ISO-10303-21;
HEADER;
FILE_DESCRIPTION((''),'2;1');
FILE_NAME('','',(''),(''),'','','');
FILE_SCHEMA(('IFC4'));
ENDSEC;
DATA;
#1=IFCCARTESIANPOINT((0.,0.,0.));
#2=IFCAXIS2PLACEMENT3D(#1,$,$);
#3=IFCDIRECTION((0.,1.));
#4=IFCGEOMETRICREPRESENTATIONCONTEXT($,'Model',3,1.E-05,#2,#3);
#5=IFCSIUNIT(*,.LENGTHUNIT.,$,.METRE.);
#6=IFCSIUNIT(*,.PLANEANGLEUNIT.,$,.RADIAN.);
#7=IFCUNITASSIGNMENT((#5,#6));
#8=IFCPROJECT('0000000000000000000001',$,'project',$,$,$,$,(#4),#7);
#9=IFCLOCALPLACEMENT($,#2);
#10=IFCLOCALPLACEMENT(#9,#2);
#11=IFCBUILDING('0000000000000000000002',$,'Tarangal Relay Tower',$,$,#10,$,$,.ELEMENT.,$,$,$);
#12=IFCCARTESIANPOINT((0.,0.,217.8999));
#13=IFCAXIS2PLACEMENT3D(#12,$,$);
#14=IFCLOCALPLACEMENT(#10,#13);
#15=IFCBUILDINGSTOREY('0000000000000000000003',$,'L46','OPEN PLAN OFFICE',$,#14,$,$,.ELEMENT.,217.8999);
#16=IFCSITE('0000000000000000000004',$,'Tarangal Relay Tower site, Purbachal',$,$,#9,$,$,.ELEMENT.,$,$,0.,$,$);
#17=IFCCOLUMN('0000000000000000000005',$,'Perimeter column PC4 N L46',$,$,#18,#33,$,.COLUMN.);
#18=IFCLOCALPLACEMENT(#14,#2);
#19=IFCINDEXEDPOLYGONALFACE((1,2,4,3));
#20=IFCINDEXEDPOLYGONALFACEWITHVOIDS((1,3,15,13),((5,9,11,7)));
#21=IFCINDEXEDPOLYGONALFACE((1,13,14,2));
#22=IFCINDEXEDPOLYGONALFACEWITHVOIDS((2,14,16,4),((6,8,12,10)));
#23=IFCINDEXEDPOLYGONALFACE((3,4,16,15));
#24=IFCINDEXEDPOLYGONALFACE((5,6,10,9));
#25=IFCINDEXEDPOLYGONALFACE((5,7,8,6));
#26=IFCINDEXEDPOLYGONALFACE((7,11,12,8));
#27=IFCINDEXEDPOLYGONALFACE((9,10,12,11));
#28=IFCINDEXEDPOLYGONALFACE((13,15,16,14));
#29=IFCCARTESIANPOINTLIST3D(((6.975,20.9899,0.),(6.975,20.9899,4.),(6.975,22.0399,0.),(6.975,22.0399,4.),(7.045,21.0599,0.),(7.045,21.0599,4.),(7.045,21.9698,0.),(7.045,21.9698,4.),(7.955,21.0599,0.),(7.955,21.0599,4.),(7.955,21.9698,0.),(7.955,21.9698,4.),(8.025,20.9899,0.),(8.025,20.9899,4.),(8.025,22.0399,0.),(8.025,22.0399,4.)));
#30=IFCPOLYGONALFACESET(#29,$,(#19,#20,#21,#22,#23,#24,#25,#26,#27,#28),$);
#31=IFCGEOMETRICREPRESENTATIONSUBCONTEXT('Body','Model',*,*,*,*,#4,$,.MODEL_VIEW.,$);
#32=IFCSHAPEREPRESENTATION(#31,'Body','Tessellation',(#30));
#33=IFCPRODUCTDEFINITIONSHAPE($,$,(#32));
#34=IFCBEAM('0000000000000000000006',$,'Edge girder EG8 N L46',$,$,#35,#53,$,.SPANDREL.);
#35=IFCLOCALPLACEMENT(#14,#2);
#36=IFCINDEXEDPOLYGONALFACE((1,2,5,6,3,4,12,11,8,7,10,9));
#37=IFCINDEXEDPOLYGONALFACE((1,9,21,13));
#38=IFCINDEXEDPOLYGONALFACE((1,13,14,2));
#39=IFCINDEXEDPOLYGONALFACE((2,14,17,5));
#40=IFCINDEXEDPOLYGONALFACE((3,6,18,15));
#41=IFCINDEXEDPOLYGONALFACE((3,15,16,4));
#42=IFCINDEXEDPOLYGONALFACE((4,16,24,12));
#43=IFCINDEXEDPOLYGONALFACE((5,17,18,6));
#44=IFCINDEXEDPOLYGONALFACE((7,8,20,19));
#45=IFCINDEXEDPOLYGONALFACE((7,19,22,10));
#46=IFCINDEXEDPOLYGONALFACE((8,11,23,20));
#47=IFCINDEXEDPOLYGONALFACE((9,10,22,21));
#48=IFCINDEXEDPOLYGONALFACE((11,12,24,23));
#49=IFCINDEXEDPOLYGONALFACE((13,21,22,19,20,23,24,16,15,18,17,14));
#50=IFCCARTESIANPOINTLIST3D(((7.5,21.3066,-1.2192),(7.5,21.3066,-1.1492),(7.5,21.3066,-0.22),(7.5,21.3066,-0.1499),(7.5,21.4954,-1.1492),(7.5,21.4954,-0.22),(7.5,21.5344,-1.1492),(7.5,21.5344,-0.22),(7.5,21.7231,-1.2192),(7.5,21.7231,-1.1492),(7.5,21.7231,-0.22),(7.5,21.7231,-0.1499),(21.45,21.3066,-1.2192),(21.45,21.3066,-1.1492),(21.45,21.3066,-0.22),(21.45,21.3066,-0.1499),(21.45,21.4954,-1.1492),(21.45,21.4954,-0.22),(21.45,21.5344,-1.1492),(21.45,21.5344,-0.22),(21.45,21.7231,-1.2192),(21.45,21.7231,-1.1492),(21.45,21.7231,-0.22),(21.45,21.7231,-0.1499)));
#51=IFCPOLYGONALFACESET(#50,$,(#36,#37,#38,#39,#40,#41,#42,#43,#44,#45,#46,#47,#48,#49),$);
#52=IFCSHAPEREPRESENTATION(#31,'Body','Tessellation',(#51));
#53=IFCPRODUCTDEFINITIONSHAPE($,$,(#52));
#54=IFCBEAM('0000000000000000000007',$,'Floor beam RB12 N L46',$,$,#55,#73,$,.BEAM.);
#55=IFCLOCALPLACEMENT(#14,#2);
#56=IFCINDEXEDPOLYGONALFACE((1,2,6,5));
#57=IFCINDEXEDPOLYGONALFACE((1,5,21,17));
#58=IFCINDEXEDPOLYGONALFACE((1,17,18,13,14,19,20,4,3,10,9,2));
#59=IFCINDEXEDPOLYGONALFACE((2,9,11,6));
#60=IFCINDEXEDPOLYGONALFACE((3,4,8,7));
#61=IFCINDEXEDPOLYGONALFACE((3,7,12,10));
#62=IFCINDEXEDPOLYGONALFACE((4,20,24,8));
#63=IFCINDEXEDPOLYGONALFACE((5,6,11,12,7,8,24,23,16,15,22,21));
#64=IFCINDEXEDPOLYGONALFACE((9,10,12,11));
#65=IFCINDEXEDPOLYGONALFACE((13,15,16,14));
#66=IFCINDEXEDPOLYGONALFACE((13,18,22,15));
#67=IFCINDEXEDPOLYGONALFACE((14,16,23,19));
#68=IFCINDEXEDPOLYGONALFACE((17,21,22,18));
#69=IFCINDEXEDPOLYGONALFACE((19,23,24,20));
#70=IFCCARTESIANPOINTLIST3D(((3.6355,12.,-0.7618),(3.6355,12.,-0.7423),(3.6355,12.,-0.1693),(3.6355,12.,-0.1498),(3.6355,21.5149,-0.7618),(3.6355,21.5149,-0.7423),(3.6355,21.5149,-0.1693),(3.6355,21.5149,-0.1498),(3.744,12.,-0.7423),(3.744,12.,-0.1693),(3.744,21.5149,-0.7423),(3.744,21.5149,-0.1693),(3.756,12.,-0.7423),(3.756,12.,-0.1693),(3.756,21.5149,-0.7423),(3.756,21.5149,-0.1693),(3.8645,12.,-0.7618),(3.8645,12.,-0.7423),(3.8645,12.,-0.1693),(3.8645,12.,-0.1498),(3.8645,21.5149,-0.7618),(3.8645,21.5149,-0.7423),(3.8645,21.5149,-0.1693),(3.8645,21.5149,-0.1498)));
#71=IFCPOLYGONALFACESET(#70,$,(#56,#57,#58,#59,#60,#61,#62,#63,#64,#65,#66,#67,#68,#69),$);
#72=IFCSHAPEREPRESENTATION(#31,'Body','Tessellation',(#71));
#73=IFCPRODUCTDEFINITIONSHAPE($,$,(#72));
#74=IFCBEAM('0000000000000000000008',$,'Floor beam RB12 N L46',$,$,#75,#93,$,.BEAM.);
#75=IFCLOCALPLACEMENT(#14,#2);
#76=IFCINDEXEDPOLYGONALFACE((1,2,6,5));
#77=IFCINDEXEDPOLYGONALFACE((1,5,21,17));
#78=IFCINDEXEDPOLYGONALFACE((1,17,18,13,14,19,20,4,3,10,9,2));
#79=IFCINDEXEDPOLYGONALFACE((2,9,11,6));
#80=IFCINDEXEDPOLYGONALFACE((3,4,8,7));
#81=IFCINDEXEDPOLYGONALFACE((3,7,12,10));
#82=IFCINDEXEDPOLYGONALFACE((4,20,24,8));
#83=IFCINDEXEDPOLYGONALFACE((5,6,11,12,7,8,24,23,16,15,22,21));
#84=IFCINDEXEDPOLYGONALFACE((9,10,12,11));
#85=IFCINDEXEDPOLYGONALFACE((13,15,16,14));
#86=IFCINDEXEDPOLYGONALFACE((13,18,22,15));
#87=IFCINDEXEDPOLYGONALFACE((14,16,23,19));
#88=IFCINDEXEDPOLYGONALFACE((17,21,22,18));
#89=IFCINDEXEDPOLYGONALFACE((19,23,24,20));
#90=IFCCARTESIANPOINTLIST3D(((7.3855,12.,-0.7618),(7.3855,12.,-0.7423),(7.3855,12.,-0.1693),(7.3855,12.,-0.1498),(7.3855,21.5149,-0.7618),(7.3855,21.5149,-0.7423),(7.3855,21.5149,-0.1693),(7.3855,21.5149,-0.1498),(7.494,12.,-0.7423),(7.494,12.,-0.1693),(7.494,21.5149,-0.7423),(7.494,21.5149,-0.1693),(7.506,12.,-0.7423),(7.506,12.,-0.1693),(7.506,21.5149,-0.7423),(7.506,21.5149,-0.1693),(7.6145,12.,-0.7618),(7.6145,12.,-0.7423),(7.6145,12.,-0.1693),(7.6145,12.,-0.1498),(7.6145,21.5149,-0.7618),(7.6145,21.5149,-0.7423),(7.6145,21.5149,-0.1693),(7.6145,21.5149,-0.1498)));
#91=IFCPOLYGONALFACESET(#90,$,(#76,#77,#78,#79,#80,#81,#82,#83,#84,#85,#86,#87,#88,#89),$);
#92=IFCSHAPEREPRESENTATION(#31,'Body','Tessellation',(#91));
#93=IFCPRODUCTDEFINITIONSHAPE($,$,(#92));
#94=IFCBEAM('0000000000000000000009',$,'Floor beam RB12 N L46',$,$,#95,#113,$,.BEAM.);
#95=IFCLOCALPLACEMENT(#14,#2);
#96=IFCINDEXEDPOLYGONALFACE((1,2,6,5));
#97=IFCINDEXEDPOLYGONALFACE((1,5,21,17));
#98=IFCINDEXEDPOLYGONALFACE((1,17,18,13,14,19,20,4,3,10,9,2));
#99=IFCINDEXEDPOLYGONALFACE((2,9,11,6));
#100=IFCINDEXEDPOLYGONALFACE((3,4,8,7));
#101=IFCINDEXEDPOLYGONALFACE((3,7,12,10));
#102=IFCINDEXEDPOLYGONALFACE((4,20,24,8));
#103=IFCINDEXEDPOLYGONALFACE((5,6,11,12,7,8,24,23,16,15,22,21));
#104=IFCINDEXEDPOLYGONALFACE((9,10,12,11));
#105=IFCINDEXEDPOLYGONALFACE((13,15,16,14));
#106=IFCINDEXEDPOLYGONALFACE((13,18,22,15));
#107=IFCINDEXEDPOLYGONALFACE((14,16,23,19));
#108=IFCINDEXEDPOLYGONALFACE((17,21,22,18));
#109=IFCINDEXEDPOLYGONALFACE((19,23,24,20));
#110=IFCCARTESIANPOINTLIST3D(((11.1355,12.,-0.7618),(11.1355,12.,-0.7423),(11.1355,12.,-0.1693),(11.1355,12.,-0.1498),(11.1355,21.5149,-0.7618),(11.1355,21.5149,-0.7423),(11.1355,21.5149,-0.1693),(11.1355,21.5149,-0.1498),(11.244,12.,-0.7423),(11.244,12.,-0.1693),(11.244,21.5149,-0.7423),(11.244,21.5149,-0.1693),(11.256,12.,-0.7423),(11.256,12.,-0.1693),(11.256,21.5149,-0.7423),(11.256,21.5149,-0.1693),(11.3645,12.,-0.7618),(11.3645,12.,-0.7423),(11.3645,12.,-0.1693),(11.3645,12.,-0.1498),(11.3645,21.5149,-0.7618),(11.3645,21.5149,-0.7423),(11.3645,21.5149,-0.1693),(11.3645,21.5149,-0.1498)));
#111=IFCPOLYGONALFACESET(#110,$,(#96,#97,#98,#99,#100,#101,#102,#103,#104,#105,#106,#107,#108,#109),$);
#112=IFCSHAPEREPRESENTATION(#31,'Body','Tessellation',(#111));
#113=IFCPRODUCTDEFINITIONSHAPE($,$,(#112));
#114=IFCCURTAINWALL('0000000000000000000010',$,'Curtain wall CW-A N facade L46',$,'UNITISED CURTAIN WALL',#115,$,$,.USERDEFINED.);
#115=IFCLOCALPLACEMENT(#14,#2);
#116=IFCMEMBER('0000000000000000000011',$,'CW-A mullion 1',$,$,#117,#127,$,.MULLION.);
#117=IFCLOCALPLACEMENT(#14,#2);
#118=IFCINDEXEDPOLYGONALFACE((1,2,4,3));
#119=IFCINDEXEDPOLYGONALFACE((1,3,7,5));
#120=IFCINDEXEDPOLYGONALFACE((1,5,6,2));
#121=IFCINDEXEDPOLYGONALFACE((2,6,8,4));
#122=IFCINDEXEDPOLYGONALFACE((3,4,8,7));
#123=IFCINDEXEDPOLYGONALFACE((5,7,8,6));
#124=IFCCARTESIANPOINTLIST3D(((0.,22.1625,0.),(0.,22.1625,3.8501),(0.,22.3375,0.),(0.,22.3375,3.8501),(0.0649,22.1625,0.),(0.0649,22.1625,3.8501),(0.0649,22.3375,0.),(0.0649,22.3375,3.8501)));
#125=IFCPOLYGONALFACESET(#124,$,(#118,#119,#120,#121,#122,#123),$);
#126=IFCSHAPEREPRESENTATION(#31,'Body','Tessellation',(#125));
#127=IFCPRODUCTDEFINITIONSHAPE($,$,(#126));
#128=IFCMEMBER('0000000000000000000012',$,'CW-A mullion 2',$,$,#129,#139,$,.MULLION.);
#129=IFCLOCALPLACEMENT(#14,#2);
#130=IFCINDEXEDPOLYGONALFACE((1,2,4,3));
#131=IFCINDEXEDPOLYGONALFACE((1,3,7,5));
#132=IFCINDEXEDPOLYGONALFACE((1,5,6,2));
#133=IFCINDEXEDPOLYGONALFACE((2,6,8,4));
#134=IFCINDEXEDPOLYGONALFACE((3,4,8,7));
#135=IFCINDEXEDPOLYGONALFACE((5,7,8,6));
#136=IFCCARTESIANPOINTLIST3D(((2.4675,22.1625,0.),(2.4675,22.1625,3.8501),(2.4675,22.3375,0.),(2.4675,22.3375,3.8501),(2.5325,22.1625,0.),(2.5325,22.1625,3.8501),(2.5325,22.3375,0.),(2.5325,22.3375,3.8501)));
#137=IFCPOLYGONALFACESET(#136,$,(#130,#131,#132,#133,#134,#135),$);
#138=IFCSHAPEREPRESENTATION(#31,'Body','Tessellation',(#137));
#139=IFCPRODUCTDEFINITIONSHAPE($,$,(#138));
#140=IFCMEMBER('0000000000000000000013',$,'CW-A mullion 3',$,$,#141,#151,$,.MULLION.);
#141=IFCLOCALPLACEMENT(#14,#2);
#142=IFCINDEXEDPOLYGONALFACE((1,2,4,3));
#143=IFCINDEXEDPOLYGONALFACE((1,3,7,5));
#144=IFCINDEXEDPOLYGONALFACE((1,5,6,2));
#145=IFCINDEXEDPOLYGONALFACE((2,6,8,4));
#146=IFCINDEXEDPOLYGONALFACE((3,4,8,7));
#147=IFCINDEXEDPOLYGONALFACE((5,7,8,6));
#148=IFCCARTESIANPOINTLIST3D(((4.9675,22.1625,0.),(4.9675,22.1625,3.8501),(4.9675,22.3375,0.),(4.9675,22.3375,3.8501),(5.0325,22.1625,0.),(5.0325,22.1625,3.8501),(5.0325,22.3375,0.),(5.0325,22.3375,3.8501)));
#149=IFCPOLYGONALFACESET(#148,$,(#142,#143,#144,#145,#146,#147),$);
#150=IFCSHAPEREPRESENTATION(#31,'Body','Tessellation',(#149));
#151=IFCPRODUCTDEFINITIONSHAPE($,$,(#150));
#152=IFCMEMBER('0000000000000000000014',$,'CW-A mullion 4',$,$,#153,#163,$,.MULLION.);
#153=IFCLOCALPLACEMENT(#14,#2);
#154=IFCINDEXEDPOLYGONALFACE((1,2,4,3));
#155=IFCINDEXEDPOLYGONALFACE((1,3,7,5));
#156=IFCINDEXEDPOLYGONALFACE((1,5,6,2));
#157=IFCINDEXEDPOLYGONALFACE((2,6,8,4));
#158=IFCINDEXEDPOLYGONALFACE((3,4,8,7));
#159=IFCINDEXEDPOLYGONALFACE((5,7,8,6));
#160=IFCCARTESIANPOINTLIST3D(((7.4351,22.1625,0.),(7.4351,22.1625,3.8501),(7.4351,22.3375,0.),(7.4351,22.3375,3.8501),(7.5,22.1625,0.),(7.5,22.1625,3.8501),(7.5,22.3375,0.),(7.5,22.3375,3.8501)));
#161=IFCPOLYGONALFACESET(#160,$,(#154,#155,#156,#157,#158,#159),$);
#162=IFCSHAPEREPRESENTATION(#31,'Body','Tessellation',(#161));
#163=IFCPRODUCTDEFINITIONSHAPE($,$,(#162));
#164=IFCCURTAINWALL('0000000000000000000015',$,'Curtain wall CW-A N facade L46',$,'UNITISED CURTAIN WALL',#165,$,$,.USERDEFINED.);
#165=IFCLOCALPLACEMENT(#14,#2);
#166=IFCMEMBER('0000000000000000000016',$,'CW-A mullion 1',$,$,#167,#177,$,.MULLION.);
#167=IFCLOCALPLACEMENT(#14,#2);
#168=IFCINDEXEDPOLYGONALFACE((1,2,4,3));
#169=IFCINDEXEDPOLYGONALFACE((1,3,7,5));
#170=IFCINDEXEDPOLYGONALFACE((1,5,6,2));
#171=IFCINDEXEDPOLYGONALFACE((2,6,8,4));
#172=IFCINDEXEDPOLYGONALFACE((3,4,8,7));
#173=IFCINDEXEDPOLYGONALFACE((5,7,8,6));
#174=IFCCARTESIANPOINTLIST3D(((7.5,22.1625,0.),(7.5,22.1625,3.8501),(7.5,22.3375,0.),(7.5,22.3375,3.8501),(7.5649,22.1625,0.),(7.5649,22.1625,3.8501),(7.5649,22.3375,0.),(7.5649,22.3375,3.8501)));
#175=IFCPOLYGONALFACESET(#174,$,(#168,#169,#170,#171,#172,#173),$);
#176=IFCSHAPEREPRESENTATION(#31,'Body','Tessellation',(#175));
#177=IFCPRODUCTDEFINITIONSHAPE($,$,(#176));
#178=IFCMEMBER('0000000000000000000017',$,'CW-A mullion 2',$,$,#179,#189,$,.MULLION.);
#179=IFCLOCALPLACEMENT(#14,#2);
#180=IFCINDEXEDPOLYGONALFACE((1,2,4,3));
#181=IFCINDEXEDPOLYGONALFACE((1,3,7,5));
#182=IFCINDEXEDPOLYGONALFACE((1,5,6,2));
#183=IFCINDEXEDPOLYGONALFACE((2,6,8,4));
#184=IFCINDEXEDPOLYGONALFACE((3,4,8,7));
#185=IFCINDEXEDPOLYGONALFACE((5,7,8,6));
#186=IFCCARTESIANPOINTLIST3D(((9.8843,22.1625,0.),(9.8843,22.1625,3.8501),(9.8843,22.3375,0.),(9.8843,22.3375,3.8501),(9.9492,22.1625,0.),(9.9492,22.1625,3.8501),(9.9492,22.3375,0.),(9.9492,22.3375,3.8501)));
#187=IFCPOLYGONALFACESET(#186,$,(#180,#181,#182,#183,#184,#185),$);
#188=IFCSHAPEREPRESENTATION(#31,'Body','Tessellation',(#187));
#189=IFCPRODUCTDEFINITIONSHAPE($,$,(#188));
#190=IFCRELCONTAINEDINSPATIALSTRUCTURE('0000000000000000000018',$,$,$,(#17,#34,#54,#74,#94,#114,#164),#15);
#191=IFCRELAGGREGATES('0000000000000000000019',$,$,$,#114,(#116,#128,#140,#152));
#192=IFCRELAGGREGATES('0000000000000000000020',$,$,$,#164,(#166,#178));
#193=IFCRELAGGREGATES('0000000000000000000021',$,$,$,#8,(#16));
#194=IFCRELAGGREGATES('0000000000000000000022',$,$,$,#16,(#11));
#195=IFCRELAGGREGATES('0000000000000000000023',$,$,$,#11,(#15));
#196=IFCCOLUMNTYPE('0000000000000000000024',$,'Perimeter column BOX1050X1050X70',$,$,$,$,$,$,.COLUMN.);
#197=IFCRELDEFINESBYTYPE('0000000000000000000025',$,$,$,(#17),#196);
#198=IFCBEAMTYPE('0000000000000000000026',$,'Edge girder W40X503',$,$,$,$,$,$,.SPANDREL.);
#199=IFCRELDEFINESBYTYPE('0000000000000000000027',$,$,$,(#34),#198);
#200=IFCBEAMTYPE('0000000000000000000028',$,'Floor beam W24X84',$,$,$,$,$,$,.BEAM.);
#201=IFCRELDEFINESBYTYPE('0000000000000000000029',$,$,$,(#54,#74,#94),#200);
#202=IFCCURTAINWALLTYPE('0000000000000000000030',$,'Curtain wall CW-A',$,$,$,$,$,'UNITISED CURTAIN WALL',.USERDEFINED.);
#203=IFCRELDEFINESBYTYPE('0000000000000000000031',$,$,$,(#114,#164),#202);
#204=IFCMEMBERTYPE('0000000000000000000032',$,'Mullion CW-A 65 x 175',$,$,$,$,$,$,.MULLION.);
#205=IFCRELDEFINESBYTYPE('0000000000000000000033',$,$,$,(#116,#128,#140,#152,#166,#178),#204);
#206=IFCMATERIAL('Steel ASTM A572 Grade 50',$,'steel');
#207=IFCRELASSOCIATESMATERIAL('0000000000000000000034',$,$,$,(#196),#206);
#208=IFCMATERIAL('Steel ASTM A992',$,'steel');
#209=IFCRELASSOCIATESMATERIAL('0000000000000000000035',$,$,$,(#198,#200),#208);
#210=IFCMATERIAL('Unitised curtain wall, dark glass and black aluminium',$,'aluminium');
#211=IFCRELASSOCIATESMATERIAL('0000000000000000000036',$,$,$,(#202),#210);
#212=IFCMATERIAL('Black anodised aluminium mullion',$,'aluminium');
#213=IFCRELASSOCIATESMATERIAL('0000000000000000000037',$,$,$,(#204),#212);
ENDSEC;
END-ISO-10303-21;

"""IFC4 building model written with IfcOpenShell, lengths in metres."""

from ifc_helpers import new_model, si_unit, direction, frame, origin, origin_2d, place, context, subcontext, project, spatial, rectangle, hollow_rectangle, i_section, extrude, material, material_profile, profile_set, type_object, element, aggregate, save


model = new_model("IFC4")

# Units and contexts
model_context = context("Model", 3, precision=1e-05, world=origin(), true_north=direction((0.0, 1.0)))
body_context = subcontext(model_context, "Body", "Model", "MODEL_VIEW")
ifc_project = project(units=[si_unit("LENGTHUNIT", "METRE"), si_unit("PLANEANGLEUNIT", "RADIAN")], contexts=[model_context])

# Site, building, storey
site_placement = place(None, origin())
site = spatial("IfcSite", under=ifc_project, at=site_placement, Name="Tarangal Relay Tower site, Purbachal", CompositionType="ELEMENT", RefElevation=0.0)
building_placement = place(site_placement, origin())
building = spatial("IfcBuilding", under=site, at=building_placement, Name="Tarangal Relay Tower", CompositionType="ELEMENT")
storey_placement = place(building_placement, frame((0.0, 0.0, 217.8999)))
storey = spatial("IfcBuildingStorey", under=building, at=storey_placement, Name="L46", Description="OPEN PLAN OFFICE", CompositionType="ELEMENT", Elevation=217.8999)

# Column
ifc_material_1 = material(Name="Steel ASTM A572 Grade 50", Category="steel")
ifc_material_profile_1 = material_profile(ifc_material_1, hollow_rectangle(XDim=1.05, YDim=1.05, WallThickness=0.0701, at=origin_2d()), Name="BOX1050X1050X70")
ifc_profile_set_1 = profile_set([ifc_material_profile_1], Name="Steel ASTM A572 Grade 50")
column_type = type_object("IfcColumnType", Name="Perimeter column BOX1050X1050X70", PredefinedType="COLUMN", material=ifc_profile_set_1)
column_placement = place(storey_placement, frame((7.5, 21.5149, 0.0), z_axis=(0.0, 0.0, 1.0), x_axis=(1.0, 0.0, 0.0)))
element("IfcColumn", 1, at=column_placement, inside=storey, type_object=column_type, Name="Perimeter column PC4 N L46", PredefinedType="COLUMN", context=body_context, shape_type="SweptSolid", body=[
    extrude(hollow_rectangle(XDim=1.05, YDim=1.05, WallThickness=0.0701, at=origin_2d()), origin(), (0.0, 0.0, 1.0), 4.0),
])

# Beams
ifc_material_2 = material(Name="Steel ASTM A992", Category="steel")
ifc_material_profile_2 = material_profile(ifc_material_2, i_section(OverallWidth=0.4165, OverallDepth=1.0693, WebThickness=0.0391, FlangeThickness=0.0701, at=origin_2d()), Name="W40X503")
ifc_profile_set_2 = profile_set([ifc_material_profile_2], Name="Steel ASTM A992")
beam_type_1 = type_object("IfcBeamType", Name="Edge girder W40X503", PredefinedType="SPANDREL", material=ifc_profile_set_2)
beam_placement = place(storey_placement, frame((7.5, 21.5149, -0.6846), z_axis=(1.0, 0.0, 0.0), x_axis=(0.0, 1.0, 0.0)))
element("IfcBeam", 2, at=beam_placement, inside=storey, type_object=beam_type_1, Name="Edge girder EG8 N L46", PredefinedType="SPANDREL", context=body_context, shape_type="SweptSolid", body=[
    extrude(i_section(OverallWidth=0.4165, OverallDepth=1.0693, WebThickness=0.0391, FlangeThickness=0.0701, at=origin_2d()), origin(), (0.0, 0.0, 1.0), 13.95),
])
ifc_material_profile_3 = material_profile(ifc_material_2, i_section(OverallWidth=0.229, OverallDepth=0.6121, WebThickness=0.012, FlangeThickness=0.0195, at=origin_2d()), Name="W24X84")
ifc_profile_set_3 = profile_set([ifc_material_profile_3], Name="Steel ASTM A992")
beam_type_2 = type_object("IfcBeamType", Name="Floor beam W24X84", PredefinedType="BEAM", material=ifc_profile_set_3)
for number, where, z_axis, x_axis, name in (
    (3, (3.75, 12.0, -0.4558), (0.0, 1.0, 0.0), (-1.0, 0.0, 0.0), "Floor beam RB12 N L46"),
    (4, (7.5, 12.0, -0.4558), (0.0, 1.0, 0.0), (-1.0, 0.0, 0.0), "Floor beam RB12 N L46"),
    (5, (11.25, 12.0, -0.4558), (0.0, 1.0, 0.0), (-1.0, 0.0, 0.0), "Floor beam RB12 N L46"),
):
    element("IfcBeam", number, at=place(storey_placement, frame(where, z_axis=z_axis, x_axis=x_axis)), inside=storey, type_object=beam_type_2, Name=name, PredefinedType="BEAM", context=body_context, shape_type="SweptSolid", body=[
        extrude(i_section(OverallWidth=0.229, OverallDepth=0.6121, WebThickness=0.012, FlangeThickness=0.0195, at=origin_2d()), origin(), (0.0, 0.0, 1.0), 9.5149),
    ])

# Curtain walls, members
ifc_material_3 = material(Name="Unitised curtain wall, dark glass and black aluminium", Category="aluminium")
curtain_wall_type = type_object("IfcCurtainWallType", Name="Curtain wall CW-A", ElementType="UNITISED CURTAIN WALL", PredefinedType="USERDEFINED", material=ifc_material_3)
curtain_wall_1_placement = place(storey_placement, origin())
curtain_wall_1 = element("IfcCurtainWall", 6, at=curtain_wall_1_placement, inside=storey, type_object=curtain_wall_type, Name="Curtain wall CW-A N facade L46", ObjectType="UNITISED CURTAIN WALL", PredefinedType="USERDEFINED")
ifc_material_4 = material(Name="Black anodised aluminium mullion", Category="aluminium")
ifc_material_profile_4 = material_profile(ifc_material_4, rectangle(XDim=0.175, YDim=0.0649, at=origin_2d()), Name="CW-AM 65X175")
ifc_profile_set_4 = profile_set([ifc_material_profile_4], Name="Black anodised aluminium mullion")
member_type_1 = type_object("IfcMemberType", Name="Mullion CW-A 65 x 175", PredefinedType="MULLION", material=ifc_profile_set_4)
member_1_placement = place(storey_placement, frame((0.0325, 22.25, 0.0), z_axis=(0.0, 0.0, 1.0), x_axis=(0.0, 1.0, 0.0)))
member_1 = element("IfcMember", 7, at=member_1_placement, type_object=member_type_1, Name="CW-A mullion 1", PredefinedType="MULLION", context=body_context, shape_type="SweptSolid", body=[
    extrude(rectangle(XDim=0.175, YDim=0.0649, at=origin_2d()), origin(), (0.0, 0.0, 1.0), 3.8501),
])
member_2_placement = place(storey_placement, frame((2.5, 22.25, 0.0), z_axis=(0.0, 0.0, 1.0), x_axis=(0.0, 1.0, 0.0)))
member_2 = element("IfcMember", 8, at=member_2_placement, type_object=member_type_1, Name="CW-A mullion 2", PredefinedType="MULLION", context=body_context, shape_type="SweptSolid", body=[
    extrude(rectangle(XDim=0.175, YDim=0.0649, at=origin_2d()), origin(), (0.0, 0.0, 1.0), 3.8501),
])
member_3_placement = place(storey_placement, frame((5.0, 22.25, 0.0), z_axis=(0.0, 0.0, 1.0), x_axis=(0.0, 1.0, 0.0)))
member_3 = element("IfcMember", 9, at=member_3_placement, type_object=member_type_1, Name="CW-A mullion 3", PredefinedType="MULLION", context=body_context, shape_type="SweptSolid", body=[
    extrude(rectangle(XDim=0.175, YDim=0.0649, at=origin_2d()), origin(), (0.0, 0.0, 1.0), 3.8501),
])
member_4_placement = place(storey_placement, frame((7.4675, 22.25, 0.0), z_axis=(0.0, 0.0, 1.0), x_axis=(0.0, 1.0, 0.0)))
member_4 = element("IfcMember", 10, at=member_4_placement, type_object=member_type_1, Name="CW-A mullion 4", PredefinedType="MULLION", context=body_context, shape_type="SweptSolid", body=[
    extrude(rectangle(XDim=0.175, YDim=0.0649, at=origin_2d()), origin(), (0.0, 0.0, 1.0), 3.8501),
])
curtain_wall_2_placement = place(storey_placement, origin())
curtain_wall_2 = element("IfcCurtainWall", 11, at=curtain_wall_2_placement, inside=storey, type_object=curtain_wall_type, Name="Curtain wall CW-A N facade L46", ObjectType="UNITISED CURTAIN WALL", PredefinedType="USERDEFINED")
member_5_placement = place(storey_placement, frame((7.5325, 22.25, 0.0), z_axis=(0.0, 0.0, 1.0), x_axis=(0.0, 1.0, 0.0)))
member_5 = element("IfcMember", 12, at=member_5_placement, type_object=member_type_1, Name="CW-A mullion 1", PredefinedType="MULLION", context=body_context, shape_type="SweptSolid", body=[
    extrude(rectangle(XDim=0.175, YDim=0.0649, at=origin_2d()), origin(), (0.0, 0.0, 1.0), 3.8501),
])
member_6_placement = place(storey_placement, frame((9.9167, 22.25, 0.0), z_axis=(0.0, 0.0, 1.0), x_axis=(0.0, 1.0, 0.0)))
member_6 = element("IfcMember", 13, at=member_6_placement, type_object=member_type_1, Name="CW-A mullion 2", PredefinedType="MULLION", context=body_context, shape_type="SweptSolid", body=[
    extrude(rectangle(XDim=0.175, YDim=0.0649, at=origin_2d()), origin(), (0.0, 0.0, 1.0), 3.8501),
])

aggregate(curtain_wall_1, [member_1, member_2, member_3, member_4])
aggregate(curtain_wall_2, [member_5, member_6])

save(model, "model.ifc")
